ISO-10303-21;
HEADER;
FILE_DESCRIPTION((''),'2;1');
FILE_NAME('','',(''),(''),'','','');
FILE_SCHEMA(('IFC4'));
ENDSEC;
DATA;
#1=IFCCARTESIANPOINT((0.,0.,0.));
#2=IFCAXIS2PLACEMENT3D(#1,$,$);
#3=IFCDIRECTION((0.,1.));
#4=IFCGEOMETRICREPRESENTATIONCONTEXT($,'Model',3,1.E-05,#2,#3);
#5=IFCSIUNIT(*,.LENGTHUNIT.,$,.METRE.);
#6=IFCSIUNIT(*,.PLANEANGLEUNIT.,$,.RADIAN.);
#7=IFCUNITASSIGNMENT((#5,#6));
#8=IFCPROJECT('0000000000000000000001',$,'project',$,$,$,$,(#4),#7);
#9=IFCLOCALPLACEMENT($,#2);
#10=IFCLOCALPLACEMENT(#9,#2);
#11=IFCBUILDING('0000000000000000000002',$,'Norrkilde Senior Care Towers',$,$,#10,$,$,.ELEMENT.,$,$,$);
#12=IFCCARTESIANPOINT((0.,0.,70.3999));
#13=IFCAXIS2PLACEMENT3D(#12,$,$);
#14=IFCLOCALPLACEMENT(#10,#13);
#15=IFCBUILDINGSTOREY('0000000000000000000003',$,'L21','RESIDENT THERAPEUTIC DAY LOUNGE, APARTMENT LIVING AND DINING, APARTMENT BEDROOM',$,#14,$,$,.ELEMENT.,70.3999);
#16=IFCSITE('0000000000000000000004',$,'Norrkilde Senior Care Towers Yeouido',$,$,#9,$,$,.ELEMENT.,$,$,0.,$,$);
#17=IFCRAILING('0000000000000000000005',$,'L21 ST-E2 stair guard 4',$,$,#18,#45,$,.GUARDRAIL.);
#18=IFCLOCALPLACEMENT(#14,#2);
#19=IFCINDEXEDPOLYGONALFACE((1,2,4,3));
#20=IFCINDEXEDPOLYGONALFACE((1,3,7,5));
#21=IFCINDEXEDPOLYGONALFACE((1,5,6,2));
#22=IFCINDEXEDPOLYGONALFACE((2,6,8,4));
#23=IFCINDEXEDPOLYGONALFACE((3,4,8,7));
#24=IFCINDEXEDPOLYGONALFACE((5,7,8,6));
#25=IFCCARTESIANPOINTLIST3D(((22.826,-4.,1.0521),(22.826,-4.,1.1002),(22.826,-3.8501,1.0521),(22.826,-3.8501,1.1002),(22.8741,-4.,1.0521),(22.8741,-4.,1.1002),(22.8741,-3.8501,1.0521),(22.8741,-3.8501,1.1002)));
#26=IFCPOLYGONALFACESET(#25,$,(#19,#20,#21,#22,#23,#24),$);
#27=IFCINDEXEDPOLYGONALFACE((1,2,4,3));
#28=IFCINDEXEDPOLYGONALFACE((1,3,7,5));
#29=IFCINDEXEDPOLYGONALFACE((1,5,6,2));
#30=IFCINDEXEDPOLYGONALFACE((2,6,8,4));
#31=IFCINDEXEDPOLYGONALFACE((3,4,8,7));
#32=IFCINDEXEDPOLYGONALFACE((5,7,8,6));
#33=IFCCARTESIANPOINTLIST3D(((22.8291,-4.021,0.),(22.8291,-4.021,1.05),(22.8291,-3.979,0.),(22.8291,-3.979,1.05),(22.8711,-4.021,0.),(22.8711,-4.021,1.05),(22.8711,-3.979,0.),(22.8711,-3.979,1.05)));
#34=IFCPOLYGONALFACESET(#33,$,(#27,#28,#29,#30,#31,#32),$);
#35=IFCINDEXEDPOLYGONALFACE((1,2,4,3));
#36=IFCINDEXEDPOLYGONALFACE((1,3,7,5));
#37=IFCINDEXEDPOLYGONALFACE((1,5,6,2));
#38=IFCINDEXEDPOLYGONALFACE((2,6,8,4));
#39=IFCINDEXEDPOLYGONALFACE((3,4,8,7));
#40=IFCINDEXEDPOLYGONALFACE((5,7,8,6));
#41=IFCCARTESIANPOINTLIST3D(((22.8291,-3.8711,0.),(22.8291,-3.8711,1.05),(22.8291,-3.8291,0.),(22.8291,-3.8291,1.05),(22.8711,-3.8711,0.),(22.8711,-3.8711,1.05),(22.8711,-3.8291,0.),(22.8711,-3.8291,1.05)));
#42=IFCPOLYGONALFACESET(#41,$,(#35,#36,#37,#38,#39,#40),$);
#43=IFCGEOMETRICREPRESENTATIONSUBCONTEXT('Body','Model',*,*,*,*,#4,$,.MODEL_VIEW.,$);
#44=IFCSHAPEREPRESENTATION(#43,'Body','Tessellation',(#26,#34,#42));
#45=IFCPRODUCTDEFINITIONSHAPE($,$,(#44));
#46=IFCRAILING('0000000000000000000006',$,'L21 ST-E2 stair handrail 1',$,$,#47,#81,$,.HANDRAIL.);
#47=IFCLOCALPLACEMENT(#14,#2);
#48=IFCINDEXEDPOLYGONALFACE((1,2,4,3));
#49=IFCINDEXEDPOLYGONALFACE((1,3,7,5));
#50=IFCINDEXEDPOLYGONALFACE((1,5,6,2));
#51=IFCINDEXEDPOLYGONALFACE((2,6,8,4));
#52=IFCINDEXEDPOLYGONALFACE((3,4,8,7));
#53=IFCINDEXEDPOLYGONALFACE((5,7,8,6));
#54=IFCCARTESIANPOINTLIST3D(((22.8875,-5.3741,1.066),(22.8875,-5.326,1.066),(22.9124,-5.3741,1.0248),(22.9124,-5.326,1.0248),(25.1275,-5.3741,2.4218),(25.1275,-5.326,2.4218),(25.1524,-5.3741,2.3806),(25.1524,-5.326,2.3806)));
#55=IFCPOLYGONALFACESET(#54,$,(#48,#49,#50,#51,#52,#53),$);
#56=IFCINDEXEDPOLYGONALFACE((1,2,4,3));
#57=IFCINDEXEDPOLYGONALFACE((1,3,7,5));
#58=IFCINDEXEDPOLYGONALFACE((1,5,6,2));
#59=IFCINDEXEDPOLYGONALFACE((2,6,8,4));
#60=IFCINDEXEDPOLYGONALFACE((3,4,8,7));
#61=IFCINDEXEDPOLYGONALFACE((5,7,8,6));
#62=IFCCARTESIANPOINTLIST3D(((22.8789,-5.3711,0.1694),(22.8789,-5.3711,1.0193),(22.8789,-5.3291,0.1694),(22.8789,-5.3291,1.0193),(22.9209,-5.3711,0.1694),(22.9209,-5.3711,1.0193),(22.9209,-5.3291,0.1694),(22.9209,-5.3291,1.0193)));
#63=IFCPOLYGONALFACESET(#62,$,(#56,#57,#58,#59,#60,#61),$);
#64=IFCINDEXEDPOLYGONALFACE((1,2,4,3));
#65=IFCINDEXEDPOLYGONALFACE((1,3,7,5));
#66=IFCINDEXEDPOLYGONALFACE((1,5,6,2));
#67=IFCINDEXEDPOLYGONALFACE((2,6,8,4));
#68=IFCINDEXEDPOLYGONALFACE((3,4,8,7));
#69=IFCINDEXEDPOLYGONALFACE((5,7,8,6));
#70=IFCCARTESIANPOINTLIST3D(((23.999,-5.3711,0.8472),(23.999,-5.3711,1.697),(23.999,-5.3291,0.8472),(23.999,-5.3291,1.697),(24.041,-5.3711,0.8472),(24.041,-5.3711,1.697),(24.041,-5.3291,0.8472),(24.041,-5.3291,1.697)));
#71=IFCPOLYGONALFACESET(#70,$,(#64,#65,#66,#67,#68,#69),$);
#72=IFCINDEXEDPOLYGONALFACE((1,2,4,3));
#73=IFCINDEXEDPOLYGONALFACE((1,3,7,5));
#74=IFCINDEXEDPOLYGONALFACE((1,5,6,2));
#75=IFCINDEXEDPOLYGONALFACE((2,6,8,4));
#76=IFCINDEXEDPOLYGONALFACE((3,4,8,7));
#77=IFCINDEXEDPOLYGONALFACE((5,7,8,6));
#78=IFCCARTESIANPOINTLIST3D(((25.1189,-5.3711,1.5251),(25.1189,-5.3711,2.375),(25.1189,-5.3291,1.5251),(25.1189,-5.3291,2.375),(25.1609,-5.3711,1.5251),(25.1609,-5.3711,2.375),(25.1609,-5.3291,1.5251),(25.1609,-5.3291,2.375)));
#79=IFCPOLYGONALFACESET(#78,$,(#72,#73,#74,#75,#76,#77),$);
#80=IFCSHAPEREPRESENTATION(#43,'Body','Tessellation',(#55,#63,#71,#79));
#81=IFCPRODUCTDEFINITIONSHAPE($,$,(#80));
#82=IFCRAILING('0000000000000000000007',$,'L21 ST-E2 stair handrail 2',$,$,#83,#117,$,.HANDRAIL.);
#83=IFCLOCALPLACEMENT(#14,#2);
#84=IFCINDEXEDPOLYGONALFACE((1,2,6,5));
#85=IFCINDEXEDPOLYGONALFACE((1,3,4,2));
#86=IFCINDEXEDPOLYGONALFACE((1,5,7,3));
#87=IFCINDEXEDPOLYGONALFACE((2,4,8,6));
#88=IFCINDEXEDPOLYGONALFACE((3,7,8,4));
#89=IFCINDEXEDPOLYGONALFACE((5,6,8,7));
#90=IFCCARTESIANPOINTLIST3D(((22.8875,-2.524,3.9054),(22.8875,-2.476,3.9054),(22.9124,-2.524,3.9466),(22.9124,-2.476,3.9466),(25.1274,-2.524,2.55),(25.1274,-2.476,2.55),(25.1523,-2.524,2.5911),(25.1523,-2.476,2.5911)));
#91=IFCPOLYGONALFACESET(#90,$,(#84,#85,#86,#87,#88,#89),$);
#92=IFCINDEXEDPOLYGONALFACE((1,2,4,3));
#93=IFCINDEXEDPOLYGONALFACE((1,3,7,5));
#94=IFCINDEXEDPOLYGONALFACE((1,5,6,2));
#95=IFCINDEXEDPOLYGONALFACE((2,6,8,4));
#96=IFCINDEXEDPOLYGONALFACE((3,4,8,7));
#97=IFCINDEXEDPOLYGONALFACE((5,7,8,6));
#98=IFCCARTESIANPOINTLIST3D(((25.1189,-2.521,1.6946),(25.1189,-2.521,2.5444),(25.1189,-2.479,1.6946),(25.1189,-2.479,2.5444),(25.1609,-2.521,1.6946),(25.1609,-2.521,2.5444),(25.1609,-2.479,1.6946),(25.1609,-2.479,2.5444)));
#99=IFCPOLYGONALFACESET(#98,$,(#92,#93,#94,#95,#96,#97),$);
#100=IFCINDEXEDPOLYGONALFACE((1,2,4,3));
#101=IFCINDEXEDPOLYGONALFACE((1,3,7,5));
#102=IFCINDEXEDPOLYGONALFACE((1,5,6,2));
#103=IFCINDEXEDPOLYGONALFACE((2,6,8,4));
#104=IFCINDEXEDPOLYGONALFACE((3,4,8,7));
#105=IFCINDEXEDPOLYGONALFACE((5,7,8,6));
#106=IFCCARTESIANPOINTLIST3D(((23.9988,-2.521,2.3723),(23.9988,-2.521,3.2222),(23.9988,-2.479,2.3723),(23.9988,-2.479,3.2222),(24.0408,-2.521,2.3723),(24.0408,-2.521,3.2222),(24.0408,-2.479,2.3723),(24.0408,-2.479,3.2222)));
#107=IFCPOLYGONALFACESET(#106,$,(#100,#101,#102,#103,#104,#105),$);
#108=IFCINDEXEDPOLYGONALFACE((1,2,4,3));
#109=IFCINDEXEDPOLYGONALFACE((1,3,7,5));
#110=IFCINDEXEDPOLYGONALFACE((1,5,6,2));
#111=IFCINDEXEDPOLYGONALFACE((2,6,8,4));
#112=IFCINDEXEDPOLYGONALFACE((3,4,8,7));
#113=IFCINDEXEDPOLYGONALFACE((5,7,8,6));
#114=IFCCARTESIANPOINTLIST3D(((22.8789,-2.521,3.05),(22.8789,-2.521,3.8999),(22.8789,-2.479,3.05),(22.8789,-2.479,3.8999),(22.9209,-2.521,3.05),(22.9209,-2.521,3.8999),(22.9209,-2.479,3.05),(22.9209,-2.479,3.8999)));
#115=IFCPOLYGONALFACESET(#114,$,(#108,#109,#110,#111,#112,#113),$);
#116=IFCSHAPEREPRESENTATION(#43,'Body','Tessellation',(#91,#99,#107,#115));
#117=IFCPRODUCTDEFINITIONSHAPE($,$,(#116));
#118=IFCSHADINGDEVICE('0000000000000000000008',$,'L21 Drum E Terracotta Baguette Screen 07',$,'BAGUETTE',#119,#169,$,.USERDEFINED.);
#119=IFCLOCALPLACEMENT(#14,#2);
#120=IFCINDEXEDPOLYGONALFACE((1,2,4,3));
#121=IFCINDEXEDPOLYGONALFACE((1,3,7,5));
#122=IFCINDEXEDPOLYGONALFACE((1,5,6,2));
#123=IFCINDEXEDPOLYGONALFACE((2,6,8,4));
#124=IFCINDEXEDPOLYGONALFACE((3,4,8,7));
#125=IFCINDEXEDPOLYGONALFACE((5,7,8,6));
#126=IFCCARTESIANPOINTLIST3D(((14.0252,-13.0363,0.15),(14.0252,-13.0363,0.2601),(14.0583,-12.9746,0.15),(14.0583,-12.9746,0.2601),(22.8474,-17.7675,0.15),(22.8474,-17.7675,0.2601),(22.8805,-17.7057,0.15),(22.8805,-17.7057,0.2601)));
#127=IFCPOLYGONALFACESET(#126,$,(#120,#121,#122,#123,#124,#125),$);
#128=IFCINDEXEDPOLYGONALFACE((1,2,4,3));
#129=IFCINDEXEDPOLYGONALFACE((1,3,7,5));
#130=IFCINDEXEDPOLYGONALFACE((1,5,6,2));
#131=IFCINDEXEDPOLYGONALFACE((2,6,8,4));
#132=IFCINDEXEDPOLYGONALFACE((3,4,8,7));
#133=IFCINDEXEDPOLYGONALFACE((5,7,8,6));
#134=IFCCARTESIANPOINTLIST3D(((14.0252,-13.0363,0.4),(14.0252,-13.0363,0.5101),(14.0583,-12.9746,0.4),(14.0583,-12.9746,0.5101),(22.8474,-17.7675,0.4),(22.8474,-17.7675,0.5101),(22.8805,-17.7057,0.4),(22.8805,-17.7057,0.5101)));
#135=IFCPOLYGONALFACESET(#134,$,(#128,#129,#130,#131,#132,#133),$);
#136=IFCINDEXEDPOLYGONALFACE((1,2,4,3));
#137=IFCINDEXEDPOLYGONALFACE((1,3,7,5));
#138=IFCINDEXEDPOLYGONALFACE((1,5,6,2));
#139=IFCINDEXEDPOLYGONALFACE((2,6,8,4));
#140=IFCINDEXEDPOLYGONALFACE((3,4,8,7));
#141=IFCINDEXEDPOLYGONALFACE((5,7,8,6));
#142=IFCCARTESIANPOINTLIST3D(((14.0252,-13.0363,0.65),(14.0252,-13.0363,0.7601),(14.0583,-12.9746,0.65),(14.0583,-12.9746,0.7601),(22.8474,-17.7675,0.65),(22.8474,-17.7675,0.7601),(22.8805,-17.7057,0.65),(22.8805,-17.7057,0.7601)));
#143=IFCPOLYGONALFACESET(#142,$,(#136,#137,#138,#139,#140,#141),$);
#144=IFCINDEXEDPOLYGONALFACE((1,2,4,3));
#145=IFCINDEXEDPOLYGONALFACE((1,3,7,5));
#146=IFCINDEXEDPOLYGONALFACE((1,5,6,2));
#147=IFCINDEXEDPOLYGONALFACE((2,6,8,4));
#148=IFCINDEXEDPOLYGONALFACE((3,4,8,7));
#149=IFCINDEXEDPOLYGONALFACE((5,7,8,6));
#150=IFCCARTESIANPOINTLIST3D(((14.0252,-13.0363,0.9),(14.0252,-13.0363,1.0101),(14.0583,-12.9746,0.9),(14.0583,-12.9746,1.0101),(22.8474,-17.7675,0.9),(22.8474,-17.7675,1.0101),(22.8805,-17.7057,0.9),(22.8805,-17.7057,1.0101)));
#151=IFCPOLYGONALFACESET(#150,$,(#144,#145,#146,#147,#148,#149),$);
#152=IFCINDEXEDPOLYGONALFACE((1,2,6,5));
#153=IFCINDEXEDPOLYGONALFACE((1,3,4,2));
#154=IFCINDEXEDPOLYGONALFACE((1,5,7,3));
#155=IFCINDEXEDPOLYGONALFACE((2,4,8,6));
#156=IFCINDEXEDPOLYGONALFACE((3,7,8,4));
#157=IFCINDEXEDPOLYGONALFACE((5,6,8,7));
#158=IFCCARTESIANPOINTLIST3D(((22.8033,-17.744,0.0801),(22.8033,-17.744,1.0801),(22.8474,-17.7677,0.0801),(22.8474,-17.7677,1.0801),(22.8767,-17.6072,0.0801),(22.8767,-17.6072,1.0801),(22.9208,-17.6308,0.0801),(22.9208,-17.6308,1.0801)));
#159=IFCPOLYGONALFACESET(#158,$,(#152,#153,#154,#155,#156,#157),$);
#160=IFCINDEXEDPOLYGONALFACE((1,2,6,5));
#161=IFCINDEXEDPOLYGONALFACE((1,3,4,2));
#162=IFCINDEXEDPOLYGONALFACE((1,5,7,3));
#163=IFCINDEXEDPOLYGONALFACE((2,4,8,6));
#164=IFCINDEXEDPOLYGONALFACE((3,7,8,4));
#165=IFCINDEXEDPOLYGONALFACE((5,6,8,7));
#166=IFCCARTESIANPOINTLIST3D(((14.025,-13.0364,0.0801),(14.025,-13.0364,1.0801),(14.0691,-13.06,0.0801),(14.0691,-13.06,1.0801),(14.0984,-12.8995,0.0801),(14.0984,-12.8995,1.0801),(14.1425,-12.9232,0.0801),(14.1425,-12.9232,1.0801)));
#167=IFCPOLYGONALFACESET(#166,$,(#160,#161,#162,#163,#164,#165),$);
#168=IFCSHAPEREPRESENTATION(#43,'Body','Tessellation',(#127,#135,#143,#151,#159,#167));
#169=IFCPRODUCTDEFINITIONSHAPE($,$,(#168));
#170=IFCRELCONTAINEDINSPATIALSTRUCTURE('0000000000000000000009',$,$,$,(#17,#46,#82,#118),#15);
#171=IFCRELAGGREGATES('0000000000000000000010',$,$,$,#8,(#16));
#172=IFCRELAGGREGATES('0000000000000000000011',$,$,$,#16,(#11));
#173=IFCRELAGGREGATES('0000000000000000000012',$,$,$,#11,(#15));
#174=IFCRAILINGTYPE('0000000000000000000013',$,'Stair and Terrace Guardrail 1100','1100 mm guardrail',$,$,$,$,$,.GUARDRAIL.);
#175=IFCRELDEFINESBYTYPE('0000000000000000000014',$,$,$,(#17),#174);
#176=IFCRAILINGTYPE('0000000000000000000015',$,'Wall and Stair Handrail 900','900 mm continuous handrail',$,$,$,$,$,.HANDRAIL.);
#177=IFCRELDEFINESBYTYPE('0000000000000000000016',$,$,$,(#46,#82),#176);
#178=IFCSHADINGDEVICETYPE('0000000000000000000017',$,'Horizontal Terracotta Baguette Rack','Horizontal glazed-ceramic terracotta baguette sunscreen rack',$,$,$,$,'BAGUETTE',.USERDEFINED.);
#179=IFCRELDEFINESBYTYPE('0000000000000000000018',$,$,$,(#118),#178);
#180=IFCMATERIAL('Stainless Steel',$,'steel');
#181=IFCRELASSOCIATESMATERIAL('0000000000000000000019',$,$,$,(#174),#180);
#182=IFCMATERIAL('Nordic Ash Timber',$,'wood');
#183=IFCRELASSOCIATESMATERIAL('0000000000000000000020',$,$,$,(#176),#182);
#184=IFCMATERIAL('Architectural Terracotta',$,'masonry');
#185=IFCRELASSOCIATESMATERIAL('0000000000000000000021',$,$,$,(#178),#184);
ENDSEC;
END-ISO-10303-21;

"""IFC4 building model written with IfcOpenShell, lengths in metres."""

from ifc_helpers import new_model, si_unit, direction, frame, origin, origin_2d, place, context, subcontext, project, spatial, rectangle, extrude, source, transform, mapped, material, type_object, type_shapes, element, save


model = new_model("IFC4")

# Units and contexts
model_context = context("Model", 3, precision=1e-05, world=origin(), true_north=direction((0.0, 1.0)))
body_context = subcontext(model_context, "Body", "Model", "MODEL_VIEW")
ifc_project = project(units=[si_unit("LENGTHUNIT", "METRE"), si_unit("PLANEANGLEUNIT", "RADIAN")], contexts=[model_context])

# Site, building, storey
site_placement = place(None, origin())
site = spatial("IfcSite", under=ifc_project, at=site_placement, Name="Norrkilde Senior Care Towers Yeouido", CompositionType="ELEMENT", RefElevation=0.0)
building_placement = place(site_placement, origin())
building = spatial("IfcBuilding", under=site, at=building_placement, Name="Norrkilde Senior Care Towers", CompositionType="ELEMENT")
storey_placement = place(building_placement, frame((0.0, 0.0, 70.3999)))
storey = spatial("IfcBuildingStorey", under=building, at=storey_placement, Name="L21", Description="RESIDENT THERAPEUTIC DAY LOUNGE, APARTMENT LIVING AND DINING, APARTMENT BEDROOM", CompositionType="ELEMENT", Elevation=70.3999)

# Railings
ifc_material_1 = material(Name="Stainless Steel", Category="steel")
railing_type_1 = type_object("IfcRailingType", Name="Stair and Terrace Guardrail 1100", Description="1100 mm guardrail", PredefinedType="GUARDRAIL", material=ifc_material_1)
railing_1_placement = place(storey_placement, frame((22.8501, -4.0, 0.0)))
element("IfcRailing", 1, at=railing_1_placement, inside=storey, type_object=railing_type_1, Name="L21 ST-E2 stair guard 4", PredefinedType="GUARDRAIL", context=body_context, shape_type="SweptSolid", body=[
    extrude(rectangle(XDim=0.0481, YDim=0.0481, at=origin_2d()), frame((0.0, 0.0, 1.0762), z_axis=(0.0, 1.0, 0.0), x_axis=(-1.0, 0.0, 0.0)), (0.0, 0.0, 1.0), 0.1499),
    extrude(rectangle(XDim=0.042, YDim=0.042, at=origin_2d()), origin(), (0.0, 0.0, 1.0), 1.05),
    extrude(rectangle(XDim=0.042, YDim=0.042, at=origin_2d()), frame((0.0, 0.1499, 0.0)), (0.0, 0.0, 1.0), 1.05),
])
ifc_material_2 = material(Name="Nordic Ash Timber", Category="wood")
railing_type_2 = type_object("IfcRailingType", Name="Wall and Stair Handrail 900", Description="900 mm continuous handrail", PredefinedType="HANDRAIL", material=ifc_material_2)
railing_2_placement = place(storey_placement, frame((22.8999, -5.3501, 0.1694)))
element("IfcRailing", 2, at=railing_2_placement, inside=storey, type_object=railing_type_2, Name="L21 ST-E2 stair handrail 1", PredefinedType="HANDRAIL", context=body_context, shape_type="SweptSolid", body=[
    extrude(rectangle(XDim=0.0481, YDim=0.0481, at=origin_2d()), frame((0.0, 0.0, 0.876), z_axis=(0.855512, 0.0, 0.517783), x_axis=(0.0, 1.0, 0.0)), (0.0, 0.0, 1.0), 2.6184),
    extrude(rectangle(XDim=0.042, YDim=0.042, at=origin_2d()), origin(), (0.0, 0.0, 1.0), 0.8499),
    extrude(rectangle(XDim=0.042, YDim=0.042, at=origin_2d()), frame((1.1201, 0.0, 0.6777)), (0.0, 0.0, 1.0), 0.8499),
    extrude(rectangle(XDim=0.042, YDim=0.042, at=origin_2d()), frame((2.24, 0.0, 1.3557)), (0.0, 0.0, 1.0), 0.8499),
])
railing_3_placement = place(storey_placement, frame((25.1399, -2.5, 1.6946)))
element("IfcRailing", 3, at=railing_3_placement, inside=storey, type_object=railing_type_2, Name="L21 ST-E2 stair handrail 2", PredefinedType="HANDRAIL", context=body_context, shape_type="SweptSolid", body=[
    extrude(rectangle(XDim=0.0481, YDim=0.0481, at=origin_2d()), frame((0.0, 0.0, 0.876), z_axis=(-0.855553, 0.0, 0.517715), x_axis=(0.0, -1.0, 0.0)), (0.0, 0.0, 1.0), 2.6182),
    extrude(rectangle(XDim=0.042, YDim=0.042, at=origin_2d()), origin(), (0.0, 0.0, 1.0), 0.8499),
    extrude(rectangle(XDim=0.042, YDim=0.042, at=origin_2d()), frame((-1.1201, 0.0, 0.6777)), (0.0, 0.0, 1.0), 0.8499),
    extrude(rectangle(XDim=0.042, YDim=0.042, at=origin_2d()), frame((-2.24, 0.0, 1.3555)), (0.0, 0.0, 1.0), 0.8499),
])

# Shading device
ifc_material_3 = material(Name="Architectural Terracotta", Category="masonry")
shading_device_type = type_object("IfcShadingDeviceType", Name="Horizontal Terracotta Baguette Rack", Description="Horizontal glazed-ceramic terracotta baguette sunscreen rack", ElementType="BAGUETTE", PredefinedType="USERDEFINED", material=ifc_material_3)
shared_shape_1 = source(origin(), body_context, "Body", "SweptSolid", [
    extrude(rectangle(XDim=0.0701, YDim=0.1101, at=origin_2d()), frame((0.0, 0.0901, 0.125), z_axis=(1.0, 0.0, 0.0), x_axis=(0.0, 1.0, 0.0)), (0.0, 0.0, 1.0), 10.0107),
    extrude(rectangle(XDim=0.0701, YDim=0.1101, at=origin_2d()), frame((0.0, 0.0901, 0.375), z_axis=(1.0, 0.0, 0.0), x_axis=(0.0, 1.0, 0.0)), (0.0, 0.0, 1.0), 10.0107),
    extrude(rectangle(XDim=0.0701, YDim=0.1101, at=origin_2d()), frame((0.0, 0.0901, 0.625), z_axis=(1.0, 0.0, 0.0), x_axis=(0.0, 1.0, 0.0)), (0.0, 0.0, 1.0), 10.0107),
    extrude(rectangle(XDim=0.0701, YDim=0.1101, at=origin_2d()), frame((0.0, 0.0901, 0.875), z_axis=(1.0, 0.0, 0.0), x_axis=(0.0, 1.0, 0.0)), (0.0, 0.0, 1.0), 10.0107),
    extrude(rectangle(XDim=0.05, YDim=0.1553, at=origin_2d()), frame((0.0249, 0.0476, 0.0)), (0.0, 0.0, 1.0), 1.0),
    extrude(rectangle(XDim=0.05, YDim=0.1553, at=origin_2d()), frame((9.9858, 0.0476, 0.0)), (0.0, 0.0, 1.0), 1.0),
])
type_shapes(shading_device_type, [shared_shape_1])
shading_device_placement = place(storey_placement, frame((22.9065, -17.6572, 0.0801), z_axis=(0.0, 0.0, 1.0), x_axis=(-0.88128, 0.472612, 0.0)))
element("IfcShadingDevice", 4, at=shading_device_placement, inside=storey, type_object=shading_device_type, Name="L21 Drum E Terracotta Baguette Screen 07", ObjectType="BAGUETTE", PredefinedType="USERDEFINED", context=body_context, shape_type="MappedRepresentation", body=[
    mapped(shared_shape_1, transform((0.0, 0.0, 0.0), x_axis=(1.0, 0.0, 0.0), y_axis=(0.0, 1.0, 0.0), z_axis=(0.0, 0.0, 1.0), scale=1.0)),
])

save(model, "model.ifc")
